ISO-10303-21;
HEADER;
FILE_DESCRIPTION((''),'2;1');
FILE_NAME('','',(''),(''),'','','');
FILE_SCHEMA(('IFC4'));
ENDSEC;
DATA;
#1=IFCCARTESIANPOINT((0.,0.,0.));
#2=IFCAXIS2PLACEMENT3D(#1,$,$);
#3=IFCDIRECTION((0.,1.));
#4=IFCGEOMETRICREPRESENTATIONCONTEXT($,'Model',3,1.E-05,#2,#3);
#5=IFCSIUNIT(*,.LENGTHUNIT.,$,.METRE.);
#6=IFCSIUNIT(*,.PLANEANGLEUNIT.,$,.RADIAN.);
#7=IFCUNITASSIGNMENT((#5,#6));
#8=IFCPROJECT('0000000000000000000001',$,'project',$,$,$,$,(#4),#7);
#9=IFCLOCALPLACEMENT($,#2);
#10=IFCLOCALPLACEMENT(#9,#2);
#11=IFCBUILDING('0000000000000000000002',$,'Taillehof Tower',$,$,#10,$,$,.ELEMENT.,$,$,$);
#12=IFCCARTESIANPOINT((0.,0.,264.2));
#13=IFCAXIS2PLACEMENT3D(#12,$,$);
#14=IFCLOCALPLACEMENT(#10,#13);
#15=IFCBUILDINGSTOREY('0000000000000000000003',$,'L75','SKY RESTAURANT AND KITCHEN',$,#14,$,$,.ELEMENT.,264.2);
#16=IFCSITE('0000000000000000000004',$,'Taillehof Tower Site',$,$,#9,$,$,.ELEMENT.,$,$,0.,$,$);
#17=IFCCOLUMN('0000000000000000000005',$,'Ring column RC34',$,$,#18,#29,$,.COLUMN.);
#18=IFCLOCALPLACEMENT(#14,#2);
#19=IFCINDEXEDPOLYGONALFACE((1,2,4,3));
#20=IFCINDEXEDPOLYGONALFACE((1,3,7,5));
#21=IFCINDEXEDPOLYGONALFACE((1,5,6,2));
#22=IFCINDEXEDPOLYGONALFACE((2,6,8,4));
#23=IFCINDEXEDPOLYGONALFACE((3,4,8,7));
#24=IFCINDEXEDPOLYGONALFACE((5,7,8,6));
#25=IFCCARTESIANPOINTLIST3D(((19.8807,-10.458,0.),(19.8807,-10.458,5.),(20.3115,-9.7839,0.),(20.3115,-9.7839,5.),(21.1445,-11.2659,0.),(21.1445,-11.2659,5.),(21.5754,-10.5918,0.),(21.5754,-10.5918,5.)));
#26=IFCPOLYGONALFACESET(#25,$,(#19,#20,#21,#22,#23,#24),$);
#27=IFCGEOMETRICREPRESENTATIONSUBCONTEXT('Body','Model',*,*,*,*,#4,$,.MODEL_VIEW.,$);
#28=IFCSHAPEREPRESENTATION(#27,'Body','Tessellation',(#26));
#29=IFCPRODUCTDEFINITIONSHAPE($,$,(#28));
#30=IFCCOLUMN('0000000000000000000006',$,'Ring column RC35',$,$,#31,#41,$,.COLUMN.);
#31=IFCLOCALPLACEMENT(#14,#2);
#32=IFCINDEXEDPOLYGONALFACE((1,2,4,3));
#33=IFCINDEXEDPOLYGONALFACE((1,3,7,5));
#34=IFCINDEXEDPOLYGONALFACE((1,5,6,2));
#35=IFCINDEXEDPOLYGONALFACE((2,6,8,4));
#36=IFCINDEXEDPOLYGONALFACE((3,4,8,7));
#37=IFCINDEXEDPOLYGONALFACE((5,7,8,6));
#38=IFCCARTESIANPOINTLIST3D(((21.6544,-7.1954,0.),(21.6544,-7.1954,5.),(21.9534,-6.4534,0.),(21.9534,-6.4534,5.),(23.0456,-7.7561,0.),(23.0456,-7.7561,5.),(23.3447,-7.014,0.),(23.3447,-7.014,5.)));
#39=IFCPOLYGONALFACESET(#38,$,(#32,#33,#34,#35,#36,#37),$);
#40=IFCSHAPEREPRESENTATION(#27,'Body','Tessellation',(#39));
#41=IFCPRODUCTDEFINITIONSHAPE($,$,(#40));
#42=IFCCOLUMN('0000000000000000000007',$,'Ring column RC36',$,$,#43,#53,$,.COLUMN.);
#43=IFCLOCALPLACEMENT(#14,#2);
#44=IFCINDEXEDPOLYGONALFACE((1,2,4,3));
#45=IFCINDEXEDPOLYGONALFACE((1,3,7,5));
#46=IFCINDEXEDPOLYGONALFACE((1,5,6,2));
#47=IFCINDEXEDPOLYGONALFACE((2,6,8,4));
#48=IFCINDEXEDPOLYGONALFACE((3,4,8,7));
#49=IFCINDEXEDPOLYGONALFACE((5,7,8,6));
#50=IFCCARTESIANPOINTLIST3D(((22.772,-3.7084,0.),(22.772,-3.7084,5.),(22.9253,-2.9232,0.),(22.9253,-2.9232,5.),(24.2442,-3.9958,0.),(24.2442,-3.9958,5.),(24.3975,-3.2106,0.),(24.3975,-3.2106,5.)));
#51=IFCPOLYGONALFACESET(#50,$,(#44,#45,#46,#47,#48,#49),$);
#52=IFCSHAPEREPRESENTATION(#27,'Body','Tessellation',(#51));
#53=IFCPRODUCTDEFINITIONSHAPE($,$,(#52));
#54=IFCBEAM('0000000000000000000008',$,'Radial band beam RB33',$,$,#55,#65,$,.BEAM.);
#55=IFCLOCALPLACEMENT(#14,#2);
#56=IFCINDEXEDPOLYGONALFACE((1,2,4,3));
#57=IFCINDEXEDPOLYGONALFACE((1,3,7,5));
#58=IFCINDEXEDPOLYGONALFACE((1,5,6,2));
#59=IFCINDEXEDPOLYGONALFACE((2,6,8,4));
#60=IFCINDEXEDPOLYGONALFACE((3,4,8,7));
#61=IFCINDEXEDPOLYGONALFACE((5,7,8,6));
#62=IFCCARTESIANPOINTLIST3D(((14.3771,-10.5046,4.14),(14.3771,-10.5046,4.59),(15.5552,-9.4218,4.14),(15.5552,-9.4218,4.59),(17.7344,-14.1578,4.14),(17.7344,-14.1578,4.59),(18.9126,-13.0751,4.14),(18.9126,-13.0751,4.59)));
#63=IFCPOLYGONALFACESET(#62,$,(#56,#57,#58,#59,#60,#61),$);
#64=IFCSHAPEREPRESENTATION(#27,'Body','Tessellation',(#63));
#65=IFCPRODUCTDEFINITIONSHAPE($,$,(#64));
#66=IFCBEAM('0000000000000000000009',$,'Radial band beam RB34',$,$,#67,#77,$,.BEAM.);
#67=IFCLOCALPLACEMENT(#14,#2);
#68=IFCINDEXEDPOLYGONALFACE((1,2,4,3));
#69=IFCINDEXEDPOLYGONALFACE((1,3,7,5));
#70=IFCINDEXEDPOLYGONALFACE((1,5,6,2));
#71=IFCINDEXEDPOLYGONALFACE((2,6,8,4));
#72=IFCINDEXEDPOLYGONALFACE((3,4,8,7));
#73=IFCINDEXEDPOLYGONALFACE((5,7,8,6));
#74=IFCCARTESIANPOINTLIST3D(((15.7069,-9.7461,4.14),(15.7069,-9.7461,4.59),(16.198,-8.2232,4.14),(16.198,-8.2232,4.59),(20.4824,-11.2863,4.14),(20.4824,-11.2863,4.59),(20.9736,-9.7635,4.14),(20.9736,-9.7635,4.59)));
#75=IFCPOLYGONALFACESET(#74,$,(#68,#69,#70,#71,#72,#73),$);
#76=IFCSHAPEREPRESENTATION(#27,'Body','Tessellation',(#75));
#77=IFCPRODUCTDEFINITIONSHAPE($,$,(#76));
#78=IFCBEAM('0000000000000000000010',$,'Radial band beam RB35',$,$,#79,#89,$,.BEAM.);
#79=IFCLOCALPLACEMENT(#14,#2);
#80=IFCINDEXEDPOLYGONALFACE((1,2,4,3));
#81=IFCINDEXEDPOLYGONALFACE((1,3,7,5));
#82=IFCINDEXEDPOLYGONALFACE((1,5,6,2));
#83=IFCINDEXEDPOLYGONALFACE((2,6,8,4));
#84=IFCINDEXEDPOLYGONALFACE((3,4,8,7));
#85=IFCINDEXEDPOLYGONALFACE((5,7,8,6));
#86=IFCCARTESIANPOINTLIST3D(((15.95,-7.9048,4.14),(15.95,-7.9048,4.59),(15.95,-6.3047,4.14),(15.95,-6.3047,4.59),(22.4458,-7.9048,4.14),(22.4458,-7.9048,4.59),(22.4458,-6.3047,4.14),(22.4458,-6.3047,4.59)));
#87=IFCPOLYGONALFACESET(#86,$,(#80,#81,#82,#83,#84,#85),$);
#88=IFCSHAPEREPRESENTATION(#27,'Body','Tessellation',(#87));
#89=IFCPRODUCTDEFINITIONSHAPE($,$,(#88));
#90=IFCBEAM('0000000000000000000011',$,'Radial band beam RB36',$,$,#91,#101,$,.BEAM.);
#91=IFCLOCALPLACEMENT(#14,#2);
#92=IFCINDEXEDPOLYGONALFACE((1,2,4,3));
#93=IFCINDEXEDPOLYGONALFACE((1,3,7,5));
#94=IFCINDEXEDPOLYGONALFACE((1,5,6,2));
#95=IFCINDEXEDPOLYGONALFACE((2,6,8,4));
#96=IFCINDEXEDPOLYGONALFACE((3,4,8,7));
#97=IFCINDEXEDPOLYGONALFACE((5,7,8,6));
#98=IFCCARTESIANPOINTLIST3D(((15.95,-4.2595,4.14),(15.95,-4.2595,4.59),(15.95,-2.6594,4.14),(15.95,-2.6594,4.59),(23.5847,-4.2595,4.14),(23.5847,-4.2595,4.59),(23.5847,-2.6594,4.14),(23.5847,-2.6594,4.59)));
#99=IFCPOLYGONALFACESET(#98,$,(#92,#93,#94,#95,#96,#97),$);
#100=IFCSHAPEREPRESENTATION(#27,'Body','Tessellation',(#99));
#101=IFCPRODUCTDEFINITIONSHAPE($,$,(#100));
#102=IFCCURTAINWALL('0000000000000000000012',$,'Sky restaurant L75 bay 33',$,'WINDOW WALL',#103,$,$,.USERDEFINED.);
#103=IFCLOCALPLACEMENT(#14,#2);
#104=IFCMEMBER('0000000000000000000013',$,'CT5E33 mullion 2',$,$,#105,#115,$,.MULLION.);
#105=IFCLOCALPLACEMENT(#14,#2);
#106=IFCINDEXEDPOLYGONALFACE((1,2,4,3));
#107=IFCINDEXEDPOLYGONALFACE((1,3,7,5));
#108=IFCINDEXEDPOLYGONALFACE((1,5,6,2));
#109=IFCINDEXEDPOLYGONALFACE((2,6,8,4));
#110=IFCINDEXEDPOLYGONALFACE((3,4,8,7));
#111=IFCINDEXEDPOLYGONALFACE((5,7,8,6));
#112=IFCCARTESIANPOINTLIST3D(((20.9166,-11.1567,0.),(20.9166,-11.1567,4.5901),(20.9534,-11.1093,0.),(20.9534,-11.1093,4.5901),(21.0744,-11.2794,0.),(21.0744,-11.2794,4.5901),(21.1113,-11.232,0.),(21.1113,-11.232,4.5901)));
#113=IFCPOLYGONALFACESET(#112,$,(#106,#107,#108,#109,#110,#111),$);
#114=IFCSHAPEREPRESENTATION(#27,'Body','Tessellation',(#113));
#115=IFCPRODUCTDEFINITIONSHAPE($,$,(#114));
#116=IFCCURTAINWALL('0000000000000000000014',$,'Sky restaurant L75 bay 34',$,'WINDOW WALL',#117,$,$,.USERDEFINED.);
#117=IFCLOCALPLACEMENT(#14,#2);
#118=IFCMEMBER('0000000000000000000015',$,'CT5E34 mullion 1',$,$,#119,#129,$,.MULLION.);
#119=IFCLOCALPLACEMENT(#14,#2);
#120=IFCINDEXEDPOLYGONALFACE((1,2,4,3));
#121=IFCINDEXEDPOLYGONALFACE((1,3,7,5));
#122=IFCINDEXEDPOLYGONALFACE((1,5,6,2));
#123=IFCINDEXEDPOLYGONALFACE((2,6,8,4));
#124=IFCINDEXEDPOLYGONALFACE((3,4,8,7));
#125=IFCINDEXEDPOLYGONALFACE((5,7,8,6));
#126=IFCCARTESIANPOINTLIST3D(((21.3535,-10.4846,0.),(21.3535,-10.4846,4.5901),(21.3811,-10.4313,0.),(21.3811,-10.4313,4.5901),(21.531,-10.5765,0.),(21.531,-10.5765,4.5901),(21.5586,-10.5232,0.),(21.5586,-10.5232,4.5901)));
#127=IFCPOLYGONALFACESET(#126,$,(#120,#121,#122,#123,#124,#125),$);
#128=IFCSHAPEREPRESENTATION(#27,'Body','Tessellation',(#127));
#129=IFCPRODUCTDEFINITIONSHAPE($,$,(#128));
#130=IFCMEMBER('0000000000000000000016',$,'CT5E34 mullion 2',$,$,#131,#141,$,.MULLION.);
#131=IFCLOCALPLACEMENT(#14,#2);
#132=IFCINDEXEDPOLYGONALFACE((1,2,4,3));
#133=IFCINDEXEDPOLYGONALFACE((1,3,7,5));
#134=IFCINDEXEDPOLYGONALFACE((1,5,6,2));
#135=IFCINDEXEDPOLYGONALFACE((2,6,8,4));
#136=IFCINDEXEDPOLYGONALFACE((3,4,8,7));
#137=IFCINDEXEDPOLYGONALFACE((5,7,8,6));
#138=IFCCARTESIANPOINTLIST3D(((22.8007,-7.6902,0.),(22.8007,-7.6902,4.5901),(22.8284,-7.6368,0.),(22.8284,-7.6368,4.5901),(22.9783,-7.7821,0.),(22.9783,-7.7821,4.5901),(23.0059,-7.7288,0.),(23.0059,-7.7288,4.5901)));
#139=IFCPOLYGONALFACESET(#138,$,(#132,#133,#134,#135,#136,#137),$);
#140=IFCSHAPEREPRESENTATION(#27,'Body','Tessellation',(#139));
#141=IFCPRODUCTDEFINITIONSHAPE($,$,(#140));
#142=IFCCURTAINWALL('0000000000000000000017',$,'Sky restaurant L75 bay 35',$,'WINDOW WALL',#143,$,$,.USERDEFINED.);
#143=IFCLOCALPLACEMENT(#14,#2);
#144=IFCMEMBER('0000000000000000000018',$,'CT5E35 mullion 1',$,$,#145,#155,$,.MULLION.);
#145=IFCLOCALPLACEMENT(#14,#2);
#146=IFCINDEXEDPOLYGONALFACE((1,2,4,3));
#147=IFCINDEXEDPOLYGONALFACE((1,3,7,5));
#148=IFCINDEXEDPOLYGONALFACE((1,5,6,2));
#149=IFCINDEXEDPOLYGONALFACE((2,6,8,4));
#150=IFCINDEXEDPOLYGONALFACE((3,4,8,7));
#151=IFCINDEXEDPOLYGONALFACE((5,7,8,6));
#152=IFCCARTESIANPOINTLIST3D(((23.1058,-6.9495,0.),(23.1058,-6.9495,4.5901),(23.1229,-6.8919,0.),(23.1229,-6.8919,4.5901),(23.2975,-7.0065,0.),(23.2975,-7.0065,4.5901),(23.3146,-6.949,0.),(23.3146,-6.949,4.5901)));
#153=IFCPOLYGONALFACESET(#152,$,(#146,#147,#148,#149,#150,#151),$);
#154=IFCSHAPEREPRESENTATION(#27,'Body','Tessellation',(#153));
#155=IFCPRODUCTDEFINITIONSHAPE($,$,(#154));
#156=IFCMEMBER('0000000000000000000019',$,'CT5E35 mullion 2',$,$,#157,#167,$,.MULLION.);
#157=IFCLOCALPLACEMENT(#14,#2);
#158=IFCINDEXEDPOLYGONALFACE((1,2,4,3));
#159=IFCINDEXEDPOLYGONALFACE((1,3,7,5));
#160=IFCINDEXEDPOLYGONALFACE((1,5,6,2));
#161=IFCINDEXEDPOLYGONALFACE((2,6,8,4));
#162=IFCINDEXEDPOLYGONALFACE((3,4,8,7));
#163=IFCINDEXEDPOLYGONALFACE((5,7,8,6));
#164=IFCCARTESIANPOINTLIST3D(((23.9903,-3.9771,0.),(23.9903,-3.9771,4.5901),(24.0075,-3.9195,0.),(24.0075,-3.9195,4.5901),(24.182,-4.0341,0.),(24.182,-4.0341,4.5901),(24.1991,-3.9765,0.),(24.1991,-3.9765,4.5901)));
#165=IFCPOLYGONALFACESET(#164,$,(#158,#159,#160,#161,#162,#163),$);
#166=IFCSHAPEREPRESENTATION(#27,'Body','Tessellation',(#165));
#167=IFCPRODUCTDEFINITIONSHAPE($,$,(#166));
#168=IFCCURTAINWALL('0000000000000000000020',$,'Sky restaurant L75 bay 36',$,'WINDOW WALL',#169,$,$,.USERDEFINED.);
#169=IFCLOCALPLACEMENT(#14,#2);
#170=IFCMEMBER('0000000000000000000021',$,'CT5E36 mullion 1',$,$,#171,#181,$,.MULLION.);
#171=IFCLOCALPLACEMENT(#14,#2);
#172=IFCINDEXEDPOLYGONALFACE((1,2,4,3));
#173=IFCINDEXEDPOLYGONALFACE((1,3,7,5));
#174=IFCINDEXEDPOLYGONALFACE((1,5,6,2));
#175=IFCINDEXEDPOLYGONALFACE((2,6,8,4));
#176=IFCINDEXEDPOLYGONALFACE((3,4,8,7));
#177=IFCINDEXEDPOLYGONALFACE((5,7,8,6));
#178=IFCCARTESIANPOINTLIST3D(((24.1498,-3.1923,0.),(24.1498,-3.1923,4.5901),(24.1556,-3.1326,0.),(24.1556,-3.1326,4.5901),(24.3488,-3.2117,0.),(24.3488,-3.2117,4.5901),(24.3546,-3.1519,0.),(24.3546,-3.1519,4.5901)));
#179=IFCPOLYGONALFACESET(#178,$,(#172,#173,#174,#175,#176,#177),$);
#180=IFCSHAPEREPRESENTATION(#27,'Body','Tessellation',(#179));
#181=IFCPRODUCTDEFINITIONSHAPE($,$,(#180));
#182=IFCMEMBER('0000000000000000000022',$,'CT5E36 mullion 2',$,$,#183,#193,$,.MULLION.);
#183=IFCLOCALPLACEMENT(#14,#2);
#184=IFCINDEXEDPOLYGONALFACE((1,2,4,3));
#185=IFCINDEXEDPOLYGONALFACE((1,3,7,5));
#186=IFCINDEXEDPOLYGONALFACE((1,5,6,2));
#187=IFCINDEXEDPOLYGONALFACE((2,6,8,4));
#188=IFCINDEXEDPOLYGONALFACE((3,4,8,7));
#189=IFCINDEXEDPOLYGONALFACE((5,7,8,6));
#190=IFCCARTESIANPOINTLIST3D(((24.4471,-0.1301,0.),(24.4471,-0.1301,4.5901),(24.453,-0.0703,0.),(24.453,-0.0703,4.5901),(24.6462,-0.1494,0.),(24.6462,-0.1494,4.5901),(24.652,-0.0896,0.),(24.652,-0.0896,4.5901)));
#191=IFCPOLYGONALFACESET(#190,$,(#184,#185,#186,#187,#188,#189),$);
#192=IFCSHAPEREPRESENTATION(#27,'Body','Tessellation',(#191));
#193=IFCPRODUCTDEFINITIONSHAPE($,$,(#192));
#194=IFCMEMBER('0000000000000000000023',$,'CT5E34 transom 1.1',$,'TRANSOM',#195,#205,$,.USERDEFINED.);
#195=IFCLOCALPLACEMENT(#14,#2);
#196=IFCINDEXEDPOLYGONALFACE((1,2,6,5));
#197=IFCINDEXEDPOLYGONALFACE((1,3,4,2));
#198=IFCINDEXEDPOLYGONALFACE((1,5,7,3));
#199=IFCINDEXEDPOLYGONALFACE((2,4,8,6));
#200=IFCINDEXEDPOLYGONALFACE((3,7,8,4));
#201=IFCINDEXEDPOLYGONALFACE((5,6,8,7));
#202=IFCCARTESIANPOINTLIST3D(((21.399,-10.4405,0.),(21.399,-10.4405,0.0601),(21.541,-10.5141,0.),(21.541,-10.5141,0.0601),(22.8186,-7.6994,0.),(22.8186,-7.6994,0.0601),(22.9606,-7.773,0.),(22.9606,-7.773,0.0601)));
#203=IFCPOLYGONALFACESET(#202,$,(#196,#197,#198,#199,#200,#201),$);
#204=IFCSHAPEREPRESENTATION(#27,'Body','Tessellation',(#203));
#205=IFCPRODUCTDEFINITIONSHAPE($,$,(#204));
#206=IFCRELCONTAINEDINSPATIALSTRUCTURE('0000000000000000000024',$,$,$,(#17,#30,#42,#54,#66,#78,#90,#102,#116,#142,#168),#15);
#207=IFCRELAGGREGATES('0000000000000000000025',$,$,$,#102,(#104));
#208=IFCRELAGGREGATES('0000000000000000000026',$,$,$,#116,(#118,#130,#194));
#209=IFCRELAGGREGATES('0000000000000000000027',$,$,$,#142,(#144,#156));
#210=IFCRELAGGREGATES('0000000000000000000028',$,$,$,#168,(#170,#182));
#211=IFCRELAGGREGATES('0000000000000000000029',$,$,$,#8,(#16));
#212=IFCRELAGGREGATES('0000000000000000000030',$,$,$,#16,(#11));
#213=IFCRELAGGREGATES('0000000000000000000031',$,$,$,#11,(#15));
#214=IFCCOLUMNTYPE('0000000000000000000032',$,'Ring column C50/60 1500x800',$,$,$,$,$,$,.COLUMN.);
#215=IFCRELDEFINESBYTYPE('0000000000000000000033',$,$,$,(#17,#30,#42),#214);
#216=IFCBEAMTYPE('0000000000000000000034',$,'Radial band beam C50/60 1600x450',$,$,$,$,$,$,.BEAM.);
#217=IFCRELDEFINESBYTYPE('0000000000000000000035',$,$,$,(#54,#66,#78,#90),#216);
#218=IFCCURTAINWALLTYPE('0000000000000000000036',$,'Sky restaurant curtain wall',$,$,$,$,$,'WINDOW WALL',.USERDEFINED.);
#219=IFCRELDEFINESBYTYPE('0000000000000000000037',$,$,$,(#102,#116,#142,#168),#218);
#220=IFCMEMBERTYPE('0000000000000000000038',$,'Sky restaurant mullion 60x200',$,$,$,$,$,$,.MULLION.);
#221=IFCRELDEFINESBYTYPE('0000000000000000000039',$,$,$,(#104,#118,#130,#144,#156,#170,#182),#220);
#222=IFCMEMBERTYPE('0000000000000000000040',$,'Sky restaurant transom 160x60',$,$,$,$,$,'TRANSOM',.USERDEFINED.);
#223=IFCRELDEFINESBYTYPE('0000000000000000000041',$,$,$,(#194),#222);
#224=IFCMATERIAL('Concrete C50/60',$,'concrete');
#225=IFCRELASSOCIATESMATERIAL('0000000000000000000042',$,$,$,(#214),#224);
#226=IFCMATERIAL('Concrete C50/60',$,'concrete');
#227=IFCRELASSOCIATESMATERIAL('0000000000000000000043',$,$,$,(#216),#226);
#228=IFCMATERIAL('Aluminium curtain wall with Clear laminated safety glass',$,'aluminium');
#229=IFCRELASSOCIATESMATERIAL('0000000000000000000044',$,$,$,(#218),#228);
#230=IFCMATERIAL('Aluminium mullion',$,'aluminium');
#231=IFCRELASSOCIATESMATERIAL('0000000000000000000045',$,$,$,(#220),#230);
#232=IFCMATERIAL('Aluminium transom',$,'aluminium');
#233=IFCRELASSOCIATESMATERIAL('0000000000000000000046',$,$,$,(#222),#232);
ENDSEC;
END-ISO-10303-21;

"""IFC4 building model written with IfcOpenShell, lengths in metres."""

from ifc_helpers import new_model, si_unit, direction, frame, origin, origin_2d, place, context, subcontext, project, spatial, rectangle, extrude, material, material_profile, profile_set, type_object, element, aggregate, save


model = new_model("IFC4")

# Units and contexts
model_context = context("Model", 3, precision=1e-05, world=origin(), true_north=direction((0.0, 1.0)))
body_context = subcontext(model_context, "Body", "Model", "MODEL_VIEW")
ifc_project = project(units=[si_unit("LENGTHUNIT", "METRE"), si_unit("PLANEANGLEUNIT", "RADIAN")], contexts=[model_context])

# Site, building, storey
site_placement = place(None, origin())
site = spatial("IfcSite", under=ifc_project, at=site_placement, Name="Taillehof Tower Site", CompositionType="ELEMENT", RefElevation=0.0)
building_placement = place(site_placement, origin())
building = spatial("IfcBuilding", under=site, at=building_placement, Name="Taillehof Tower", CompositionType="ELEMENT")
storey_placement = place(building_placement, frame((0.0, 0.0, 264.2)))
storey = spatial("IfcBuildingStorey", under=building, at=storey_placement, Name="L75", Description="SKY RESTAURANT AND KITCHEN", CompositionType="ELEMENT", Elevation=264.2)

# Columns
ifc_material_1 = material(Name="Concrete C50/60", Category="concrete")
ifc_material_profile_1 = material_profile(ifc_material_1, rectangle(XDim=1.5, YDim=0.8, at=origin_2d()), Name="RC 1500x800")
ifc_profile_set_1 = profile_set([ifc_material_profile_1], Name="Concrete C50/60")
column_type = type_object("IfcColumnType", Name="Ring column C50/60 1500x800", PredefinedType="COLUMN", material=ifc_profile_set_1)
for number, where, z_axis, x_axis, name in (
    (1, (20.728, -10.5249, 0.0), (0.0, 0.0, 1.0), (0.842574, -0.538581, 0.0), "Ring column RC34"),
    (2, (22.4995, -7.1047, 0.0), (0.0, 0.0, 1.0), (0.927525, -0.373762, 0.0), "Ring column RC35"),
    (3, (23.5847, -3.4595, 0.0), (0.0, 0.0, 1.0), (0.981473, -0.191602, 0.0), "Ring column RC36"),
):
    element("IfcColumn", number, at=place(storey_placement, frame(where, z_axis=z_axis, x_axis=x_axis)), inside=storey, type_object=column_type, Name=name, PredefinedType="COLUMN", context=body_context, shape_type="SweptSolid", body=[
        extrude(rectangle(XDim=1.5, YDim=0.8, at=origin_2d()), origin(), (0.0, 0.0, 1.0), 5.0),
    ])

# Beams
ifc_material_2 = material(Name="Concrete C50/60", Category="concrete")
ifc_material_profile_2 = material_profile(ifc_material_2, rectangle(XDim=1.6001, YDim=0.45, at=origin_2d()), Name="RC 1600x450")
ifc_profile_set_2 = profile_set([ifc_material_profile_2], Name="Concrete C50/60")
beam_type_1 = type_object("IfcBeamType", Name="Radial band beam C50/60 1600x450", PredefinedType="BEAM", material=ifc_profile_set_2)
beam_1_placement = place(storey_placement, frame((18.3235, -13.6165, 4.365), z_axis=(-0.67666, 0.736296, 0.0), x_axis=(-0.736296, -0.67666, 0.0)))
element("IfcBeam", 4, at=beam_1_placement, inside=storey, type_object=beam_type_1, Name="Radial band beam RB33", PredefinedType="BEAM", context=body_context, shape_type="SweptSolid", body=[
    extrude(rectangle(XDim=1.6001, YDim=0.45, at=origin_2d()), origin(), (0.0, 0.0, 1.0), 4.9617),
])
beam_2_placement = place(storey_placement, frame((20.728, -10.5249, 4.365), z_axis=(-0.951723, 0.306959, 0.0), x_axis=(-0.306959, -0.951723, 0.0)))
element("IfcBeam", 5, at=beam_2_placement, inside=storey, type_object=beam_type_1, Name="Radial band beam RB34", PredefinedType="BEAM", context=body_context, shape_type="SweptSolid", body=[
    extrude(rectangle(XDim=1.6001, YDim=0.45, at=origin_2d()), origin(), (0.0, 0.0, 1.0), 5.0178),
])
beam_3_placement = place(storey_placement, frame((22.4458, -7.1047, 4.365), z_axis=(-1.0, 0.0, 0.0), x_axis=(0.0, -1.0, 0.0)))
element("IfcBeam", 6, at=beam_3_placement, inside=storey, type_object=beam_type_1, Name="Radial band beam RB35", PredefinedType="BEAM", context=body_context, shape_type="SweptSolid", body=[
    extrude(rectangle(XDim=1.6001, YDim=0.45, at=origin_2d()), origin(), (0.0, 0.0, 1.0), 6.4958),
])
beam_4_placement = place(storey_placement, frame((23.5847, -3.4595, 4.365), z_axis=(-1.0, 0.0, 0.0), x_axis=(0.0, -1.0, 0.0)))
element("IfcBeam", 7, at=beam_4_placement, inside=storey, type_object=beam_type_1, Name="Radial band beam RB36", PredefinedType="BEAM", context=body_context, shape_type="SweptSolid", body=[
    extrude(rectangle(XDim=1.6001, YDim=0.45, at=origin_2d()), origin(), (0.0, 0.0, 1.0), 7.6348),
])

# Curtain wall, member
ifc_material_3 = material(Name="Aluminium curtain wall with Clear laminated safety glass", Category="aluminium")
curtain_wall_type = type_object("IfcCurtainWallType", Name="Sky restaurant curtain wall", ElementType="WINDOW WALL", PredefinedType="USERDEFINED", material=ifc_material_3)
curtain_wall_1_placement = place(storey_placement, origin())
curtain_wall_1 = element("IfcCurtainWall", 8, at=curtain_wall_1_placement, inside=storey, type_object=curtain_wall_type, Name="Sky restaurant L75 bay 33", ObjectType="WINDOW WALL", PredefinedType="USERDEFINED")
ifc_material_4 = material(Name="Aluminium mullion", Category="aluminium")
ifc_material_profile_3 = material_profile(ifc_material_4, rectangle(XDim=0.2, YDim=0.0601, at=origin_2d()), Name="AL 60x200")
ifc_profile_set_3 = profile_set([ifc_material_profile_3], Name="Aluminium mullion")
member_type_1 = type_object("IfcMemberType", Name="Sky restaurant mullion 60x200", PredefinedType="MULLION", material=ifc_profile_set_3)
member_1_placement = place(storey_placement, frame((21.0139, -11.1943, 0.0), z_axis=(0.0, 0.0, 1.0), x_axis=(-0.789382, 0.613903, 0.0)))
member_1 = element("IfcMember", 9, at=member_1_placement, type_object=member_type_1, Name="CT5E33 mullion 2", PredefinedType="MULLION", context=body_context, shape_type="SweptSolid", body=[
    extrude(rectangle(XDim=0.2, YDim=0.0601, at=origin_2d()), origin(), (0.0, 0.0, 1.0), 4.5901),
])

# Curtain walls, members
curtain_wall_2_placement = place(storey_placement, origin())
curtain_wall_2 = element("IfcCurtainWall", 10, at=curtain_wall_2_placement, inside=storey, type_object=curtain_wall_type, Name="Sky restaurant L75 bay 34", ObjectType="WINDOW WALL", PredefinedType="USERDEFINED")
member_2_placement = place(storey_placement, frame((21.4561, -10.5039, 0.0), z_axis=(0.0, 0.0, 1.0), x_axis=(-0.887975, 0.459891, 0.0)))
member_2 = element("IfcMember", 11, at=member_2_placement, type_object=member_type_1, Name="CT5E34 mullion 1", PredefinedType="MULLION", context=body_context, shape_type="SweptSolid", body=[
    extrude(rectangle(XDim=0.2, YDim=0.0601, at=origin_2d()), origin(), (0.0, 0.0, 1.0), 4.5901),
])
member_3_placement = place(storey_placement, frame((22.9033, -7.7095, 0.0), z_axis=(0.0, 0.0, 1.0), x_axis=(-0.887975, 0.459891, 0.0)))
member_3 = element("IfcMember", 12, at=member_3_placement, type_object=member_type_1, Name="CT5E34 mullion 2", PredefinedType="MULLION", context=body_context, shape_type="SweptSolid", body=[
    extrude(rectangle(XDim=0.2, YDim=0.0601, at=origin_2d()), origin(), (0.0, 0.0, 1.0), 4.5901),
])
curtain_wall_3_placement = place(storey_placement, origin())
curtain_wall_3 = element("IfcCurtainWall", 13, at=curtain_wall_3_placement, inside=storey, type_object=curtain_wall_type, Name="Sky restaurant L75 bay 35", ObjectType="WINDOW WALL", PredefinedType="USERDEFINED")
member_4_placement = place(storey_placement, frame((23.2102, -6.9492, 0.0), z_axis=(0.0, 0.0, 1.0), x_axis=(-0.958457, 0.285236, 0.0)))
member_4 = element("IfcMember", 14, at=member_4_placement, type_object=member_type_1, Name="CT5E35 mullion 1", PredefinedType="MULLION", context=body_context, shape_type="SweptSolid", body=[
    extrude(rectangle(XDim=0.2, YDim=0.0601, at=origin_2d()), origin(), (0.0, 0.0, 1.0), 4.5901),
])
member_5_placement = place(storey_placement, frame((24.0947, -3.9768, 0.0), z_axis=(0.0, 0.0, 1.0), x_axis=(-0.958457, 0.285236, 0.0)))
member_5 = element("IfcMember", 15, at=member_5_placement, type_object=member_type_1, Name="CT5E35 mullion 2", PredefinedType="MULLION", context=body_context, shape_type="SweptSolid", body=[
    extrude(rectangle(XDim=0.2, YDim=0.0601, at=origin_2d()), origin(), (0.0, 0.0, 1.0), 4.5901),
])
curtain_wall_4_placement = place(storey_placement, origin())
curtain_wall_4 = element("IfcCurtainWall", 16, at=curtain_wall_4_placement, inside=storey, type_object=curtain_wall_type, Name="Sky restaurant L75 bay 36", ObjectType="WINDOW WALL", PredefinedType="USERDEFINED")
member_6_placement = place(storey_placement, frame((24.2522, -3.1721, 0.0), z_axis=(0.0, 0.0, 1.0), x_axis=(-0.995312, 0.096714, 0.0)))
member_6 = element("IfcMember", 17, at=member_6_placement, type_object=member_type_1, Name="CT5E36 mullion 1", PredefinedType="MULLION", context=body_context, shape_type="SweptSolid", body=[
    extrude(rectangle(XDim=0.2, YDim=0.0601, at=origin_2d()), origin(), (0.0, 0.0, 1.0), 4.5901),
])
member_7_placement = place(storey_placement, frame((24.5496, -0.1099, 0.0), z_axis=(0.0, 0.0, 1.0), x_axis=(-0.995312, 0.096714, 0.0)))
member_7 = element("IfcMember", 18, at=member_7_placement, type_object=member_type_1, Name="CT5E36 mullion 2", PredefinedType="MULLION", context=body_context, shape_type="SweptSolid", body=[
    extrude(rectangle(XDim=0.2, YDim=0.0601, at=origin_2d()), origin(), (0.0, 0.0, 1.0), 4.5901),
])

# Member
ifc_material_5 = material(Name="Aluminium transom", Category="aluminium")
ifc_material_profile_4 = material_profile(ifc_material_5, rectangle(XDim=0.1599, YDim=0.0601, at=origin_2d()), Name="AL 160x60")
ifc_profile_set_4 = profile_set([ifc_material_profile_4], Name="Aluminium transom")
member_type_2 = type_object("IfcMemberType", Name="Sky restaurant transom 160x60", ElementType="TRANSOM", PredefinedType="USERDEFINED", material=ifc_profile_set_4)
member_8_placement = place(storey_placement, frame((21.47, -10.4773, 0.03), z_axis=(0.459885, 0.887978, 0.0), x_axis=(-0.887978, 0.459885, 0.0)))
member_8 = element("IfcMember", 19, at=member_8_placement, type_object=member_type_2, Name="CT5E34 transom 1.1", ObjectType="TRANSOM", PredefinedType="USERDEFINED", context=body_context, shape_type="SweptSolid", body=[
    extrude(rectangle(XDim=0.1599, YDim=0.0601, at=origin_2d()), origin(), (0.0, 0.0, 1.0), 3.0869),
])

aggregate(curtain_wall_1, [member_1])
aggregate(curtain_wall_2, [member_2, member_3, member_8])
aggregate(curtain_wall_3, [member_4, member_5])
aggregate(curtain_wall_4, [member_6, member_7])

save(model, "model.ifc")
